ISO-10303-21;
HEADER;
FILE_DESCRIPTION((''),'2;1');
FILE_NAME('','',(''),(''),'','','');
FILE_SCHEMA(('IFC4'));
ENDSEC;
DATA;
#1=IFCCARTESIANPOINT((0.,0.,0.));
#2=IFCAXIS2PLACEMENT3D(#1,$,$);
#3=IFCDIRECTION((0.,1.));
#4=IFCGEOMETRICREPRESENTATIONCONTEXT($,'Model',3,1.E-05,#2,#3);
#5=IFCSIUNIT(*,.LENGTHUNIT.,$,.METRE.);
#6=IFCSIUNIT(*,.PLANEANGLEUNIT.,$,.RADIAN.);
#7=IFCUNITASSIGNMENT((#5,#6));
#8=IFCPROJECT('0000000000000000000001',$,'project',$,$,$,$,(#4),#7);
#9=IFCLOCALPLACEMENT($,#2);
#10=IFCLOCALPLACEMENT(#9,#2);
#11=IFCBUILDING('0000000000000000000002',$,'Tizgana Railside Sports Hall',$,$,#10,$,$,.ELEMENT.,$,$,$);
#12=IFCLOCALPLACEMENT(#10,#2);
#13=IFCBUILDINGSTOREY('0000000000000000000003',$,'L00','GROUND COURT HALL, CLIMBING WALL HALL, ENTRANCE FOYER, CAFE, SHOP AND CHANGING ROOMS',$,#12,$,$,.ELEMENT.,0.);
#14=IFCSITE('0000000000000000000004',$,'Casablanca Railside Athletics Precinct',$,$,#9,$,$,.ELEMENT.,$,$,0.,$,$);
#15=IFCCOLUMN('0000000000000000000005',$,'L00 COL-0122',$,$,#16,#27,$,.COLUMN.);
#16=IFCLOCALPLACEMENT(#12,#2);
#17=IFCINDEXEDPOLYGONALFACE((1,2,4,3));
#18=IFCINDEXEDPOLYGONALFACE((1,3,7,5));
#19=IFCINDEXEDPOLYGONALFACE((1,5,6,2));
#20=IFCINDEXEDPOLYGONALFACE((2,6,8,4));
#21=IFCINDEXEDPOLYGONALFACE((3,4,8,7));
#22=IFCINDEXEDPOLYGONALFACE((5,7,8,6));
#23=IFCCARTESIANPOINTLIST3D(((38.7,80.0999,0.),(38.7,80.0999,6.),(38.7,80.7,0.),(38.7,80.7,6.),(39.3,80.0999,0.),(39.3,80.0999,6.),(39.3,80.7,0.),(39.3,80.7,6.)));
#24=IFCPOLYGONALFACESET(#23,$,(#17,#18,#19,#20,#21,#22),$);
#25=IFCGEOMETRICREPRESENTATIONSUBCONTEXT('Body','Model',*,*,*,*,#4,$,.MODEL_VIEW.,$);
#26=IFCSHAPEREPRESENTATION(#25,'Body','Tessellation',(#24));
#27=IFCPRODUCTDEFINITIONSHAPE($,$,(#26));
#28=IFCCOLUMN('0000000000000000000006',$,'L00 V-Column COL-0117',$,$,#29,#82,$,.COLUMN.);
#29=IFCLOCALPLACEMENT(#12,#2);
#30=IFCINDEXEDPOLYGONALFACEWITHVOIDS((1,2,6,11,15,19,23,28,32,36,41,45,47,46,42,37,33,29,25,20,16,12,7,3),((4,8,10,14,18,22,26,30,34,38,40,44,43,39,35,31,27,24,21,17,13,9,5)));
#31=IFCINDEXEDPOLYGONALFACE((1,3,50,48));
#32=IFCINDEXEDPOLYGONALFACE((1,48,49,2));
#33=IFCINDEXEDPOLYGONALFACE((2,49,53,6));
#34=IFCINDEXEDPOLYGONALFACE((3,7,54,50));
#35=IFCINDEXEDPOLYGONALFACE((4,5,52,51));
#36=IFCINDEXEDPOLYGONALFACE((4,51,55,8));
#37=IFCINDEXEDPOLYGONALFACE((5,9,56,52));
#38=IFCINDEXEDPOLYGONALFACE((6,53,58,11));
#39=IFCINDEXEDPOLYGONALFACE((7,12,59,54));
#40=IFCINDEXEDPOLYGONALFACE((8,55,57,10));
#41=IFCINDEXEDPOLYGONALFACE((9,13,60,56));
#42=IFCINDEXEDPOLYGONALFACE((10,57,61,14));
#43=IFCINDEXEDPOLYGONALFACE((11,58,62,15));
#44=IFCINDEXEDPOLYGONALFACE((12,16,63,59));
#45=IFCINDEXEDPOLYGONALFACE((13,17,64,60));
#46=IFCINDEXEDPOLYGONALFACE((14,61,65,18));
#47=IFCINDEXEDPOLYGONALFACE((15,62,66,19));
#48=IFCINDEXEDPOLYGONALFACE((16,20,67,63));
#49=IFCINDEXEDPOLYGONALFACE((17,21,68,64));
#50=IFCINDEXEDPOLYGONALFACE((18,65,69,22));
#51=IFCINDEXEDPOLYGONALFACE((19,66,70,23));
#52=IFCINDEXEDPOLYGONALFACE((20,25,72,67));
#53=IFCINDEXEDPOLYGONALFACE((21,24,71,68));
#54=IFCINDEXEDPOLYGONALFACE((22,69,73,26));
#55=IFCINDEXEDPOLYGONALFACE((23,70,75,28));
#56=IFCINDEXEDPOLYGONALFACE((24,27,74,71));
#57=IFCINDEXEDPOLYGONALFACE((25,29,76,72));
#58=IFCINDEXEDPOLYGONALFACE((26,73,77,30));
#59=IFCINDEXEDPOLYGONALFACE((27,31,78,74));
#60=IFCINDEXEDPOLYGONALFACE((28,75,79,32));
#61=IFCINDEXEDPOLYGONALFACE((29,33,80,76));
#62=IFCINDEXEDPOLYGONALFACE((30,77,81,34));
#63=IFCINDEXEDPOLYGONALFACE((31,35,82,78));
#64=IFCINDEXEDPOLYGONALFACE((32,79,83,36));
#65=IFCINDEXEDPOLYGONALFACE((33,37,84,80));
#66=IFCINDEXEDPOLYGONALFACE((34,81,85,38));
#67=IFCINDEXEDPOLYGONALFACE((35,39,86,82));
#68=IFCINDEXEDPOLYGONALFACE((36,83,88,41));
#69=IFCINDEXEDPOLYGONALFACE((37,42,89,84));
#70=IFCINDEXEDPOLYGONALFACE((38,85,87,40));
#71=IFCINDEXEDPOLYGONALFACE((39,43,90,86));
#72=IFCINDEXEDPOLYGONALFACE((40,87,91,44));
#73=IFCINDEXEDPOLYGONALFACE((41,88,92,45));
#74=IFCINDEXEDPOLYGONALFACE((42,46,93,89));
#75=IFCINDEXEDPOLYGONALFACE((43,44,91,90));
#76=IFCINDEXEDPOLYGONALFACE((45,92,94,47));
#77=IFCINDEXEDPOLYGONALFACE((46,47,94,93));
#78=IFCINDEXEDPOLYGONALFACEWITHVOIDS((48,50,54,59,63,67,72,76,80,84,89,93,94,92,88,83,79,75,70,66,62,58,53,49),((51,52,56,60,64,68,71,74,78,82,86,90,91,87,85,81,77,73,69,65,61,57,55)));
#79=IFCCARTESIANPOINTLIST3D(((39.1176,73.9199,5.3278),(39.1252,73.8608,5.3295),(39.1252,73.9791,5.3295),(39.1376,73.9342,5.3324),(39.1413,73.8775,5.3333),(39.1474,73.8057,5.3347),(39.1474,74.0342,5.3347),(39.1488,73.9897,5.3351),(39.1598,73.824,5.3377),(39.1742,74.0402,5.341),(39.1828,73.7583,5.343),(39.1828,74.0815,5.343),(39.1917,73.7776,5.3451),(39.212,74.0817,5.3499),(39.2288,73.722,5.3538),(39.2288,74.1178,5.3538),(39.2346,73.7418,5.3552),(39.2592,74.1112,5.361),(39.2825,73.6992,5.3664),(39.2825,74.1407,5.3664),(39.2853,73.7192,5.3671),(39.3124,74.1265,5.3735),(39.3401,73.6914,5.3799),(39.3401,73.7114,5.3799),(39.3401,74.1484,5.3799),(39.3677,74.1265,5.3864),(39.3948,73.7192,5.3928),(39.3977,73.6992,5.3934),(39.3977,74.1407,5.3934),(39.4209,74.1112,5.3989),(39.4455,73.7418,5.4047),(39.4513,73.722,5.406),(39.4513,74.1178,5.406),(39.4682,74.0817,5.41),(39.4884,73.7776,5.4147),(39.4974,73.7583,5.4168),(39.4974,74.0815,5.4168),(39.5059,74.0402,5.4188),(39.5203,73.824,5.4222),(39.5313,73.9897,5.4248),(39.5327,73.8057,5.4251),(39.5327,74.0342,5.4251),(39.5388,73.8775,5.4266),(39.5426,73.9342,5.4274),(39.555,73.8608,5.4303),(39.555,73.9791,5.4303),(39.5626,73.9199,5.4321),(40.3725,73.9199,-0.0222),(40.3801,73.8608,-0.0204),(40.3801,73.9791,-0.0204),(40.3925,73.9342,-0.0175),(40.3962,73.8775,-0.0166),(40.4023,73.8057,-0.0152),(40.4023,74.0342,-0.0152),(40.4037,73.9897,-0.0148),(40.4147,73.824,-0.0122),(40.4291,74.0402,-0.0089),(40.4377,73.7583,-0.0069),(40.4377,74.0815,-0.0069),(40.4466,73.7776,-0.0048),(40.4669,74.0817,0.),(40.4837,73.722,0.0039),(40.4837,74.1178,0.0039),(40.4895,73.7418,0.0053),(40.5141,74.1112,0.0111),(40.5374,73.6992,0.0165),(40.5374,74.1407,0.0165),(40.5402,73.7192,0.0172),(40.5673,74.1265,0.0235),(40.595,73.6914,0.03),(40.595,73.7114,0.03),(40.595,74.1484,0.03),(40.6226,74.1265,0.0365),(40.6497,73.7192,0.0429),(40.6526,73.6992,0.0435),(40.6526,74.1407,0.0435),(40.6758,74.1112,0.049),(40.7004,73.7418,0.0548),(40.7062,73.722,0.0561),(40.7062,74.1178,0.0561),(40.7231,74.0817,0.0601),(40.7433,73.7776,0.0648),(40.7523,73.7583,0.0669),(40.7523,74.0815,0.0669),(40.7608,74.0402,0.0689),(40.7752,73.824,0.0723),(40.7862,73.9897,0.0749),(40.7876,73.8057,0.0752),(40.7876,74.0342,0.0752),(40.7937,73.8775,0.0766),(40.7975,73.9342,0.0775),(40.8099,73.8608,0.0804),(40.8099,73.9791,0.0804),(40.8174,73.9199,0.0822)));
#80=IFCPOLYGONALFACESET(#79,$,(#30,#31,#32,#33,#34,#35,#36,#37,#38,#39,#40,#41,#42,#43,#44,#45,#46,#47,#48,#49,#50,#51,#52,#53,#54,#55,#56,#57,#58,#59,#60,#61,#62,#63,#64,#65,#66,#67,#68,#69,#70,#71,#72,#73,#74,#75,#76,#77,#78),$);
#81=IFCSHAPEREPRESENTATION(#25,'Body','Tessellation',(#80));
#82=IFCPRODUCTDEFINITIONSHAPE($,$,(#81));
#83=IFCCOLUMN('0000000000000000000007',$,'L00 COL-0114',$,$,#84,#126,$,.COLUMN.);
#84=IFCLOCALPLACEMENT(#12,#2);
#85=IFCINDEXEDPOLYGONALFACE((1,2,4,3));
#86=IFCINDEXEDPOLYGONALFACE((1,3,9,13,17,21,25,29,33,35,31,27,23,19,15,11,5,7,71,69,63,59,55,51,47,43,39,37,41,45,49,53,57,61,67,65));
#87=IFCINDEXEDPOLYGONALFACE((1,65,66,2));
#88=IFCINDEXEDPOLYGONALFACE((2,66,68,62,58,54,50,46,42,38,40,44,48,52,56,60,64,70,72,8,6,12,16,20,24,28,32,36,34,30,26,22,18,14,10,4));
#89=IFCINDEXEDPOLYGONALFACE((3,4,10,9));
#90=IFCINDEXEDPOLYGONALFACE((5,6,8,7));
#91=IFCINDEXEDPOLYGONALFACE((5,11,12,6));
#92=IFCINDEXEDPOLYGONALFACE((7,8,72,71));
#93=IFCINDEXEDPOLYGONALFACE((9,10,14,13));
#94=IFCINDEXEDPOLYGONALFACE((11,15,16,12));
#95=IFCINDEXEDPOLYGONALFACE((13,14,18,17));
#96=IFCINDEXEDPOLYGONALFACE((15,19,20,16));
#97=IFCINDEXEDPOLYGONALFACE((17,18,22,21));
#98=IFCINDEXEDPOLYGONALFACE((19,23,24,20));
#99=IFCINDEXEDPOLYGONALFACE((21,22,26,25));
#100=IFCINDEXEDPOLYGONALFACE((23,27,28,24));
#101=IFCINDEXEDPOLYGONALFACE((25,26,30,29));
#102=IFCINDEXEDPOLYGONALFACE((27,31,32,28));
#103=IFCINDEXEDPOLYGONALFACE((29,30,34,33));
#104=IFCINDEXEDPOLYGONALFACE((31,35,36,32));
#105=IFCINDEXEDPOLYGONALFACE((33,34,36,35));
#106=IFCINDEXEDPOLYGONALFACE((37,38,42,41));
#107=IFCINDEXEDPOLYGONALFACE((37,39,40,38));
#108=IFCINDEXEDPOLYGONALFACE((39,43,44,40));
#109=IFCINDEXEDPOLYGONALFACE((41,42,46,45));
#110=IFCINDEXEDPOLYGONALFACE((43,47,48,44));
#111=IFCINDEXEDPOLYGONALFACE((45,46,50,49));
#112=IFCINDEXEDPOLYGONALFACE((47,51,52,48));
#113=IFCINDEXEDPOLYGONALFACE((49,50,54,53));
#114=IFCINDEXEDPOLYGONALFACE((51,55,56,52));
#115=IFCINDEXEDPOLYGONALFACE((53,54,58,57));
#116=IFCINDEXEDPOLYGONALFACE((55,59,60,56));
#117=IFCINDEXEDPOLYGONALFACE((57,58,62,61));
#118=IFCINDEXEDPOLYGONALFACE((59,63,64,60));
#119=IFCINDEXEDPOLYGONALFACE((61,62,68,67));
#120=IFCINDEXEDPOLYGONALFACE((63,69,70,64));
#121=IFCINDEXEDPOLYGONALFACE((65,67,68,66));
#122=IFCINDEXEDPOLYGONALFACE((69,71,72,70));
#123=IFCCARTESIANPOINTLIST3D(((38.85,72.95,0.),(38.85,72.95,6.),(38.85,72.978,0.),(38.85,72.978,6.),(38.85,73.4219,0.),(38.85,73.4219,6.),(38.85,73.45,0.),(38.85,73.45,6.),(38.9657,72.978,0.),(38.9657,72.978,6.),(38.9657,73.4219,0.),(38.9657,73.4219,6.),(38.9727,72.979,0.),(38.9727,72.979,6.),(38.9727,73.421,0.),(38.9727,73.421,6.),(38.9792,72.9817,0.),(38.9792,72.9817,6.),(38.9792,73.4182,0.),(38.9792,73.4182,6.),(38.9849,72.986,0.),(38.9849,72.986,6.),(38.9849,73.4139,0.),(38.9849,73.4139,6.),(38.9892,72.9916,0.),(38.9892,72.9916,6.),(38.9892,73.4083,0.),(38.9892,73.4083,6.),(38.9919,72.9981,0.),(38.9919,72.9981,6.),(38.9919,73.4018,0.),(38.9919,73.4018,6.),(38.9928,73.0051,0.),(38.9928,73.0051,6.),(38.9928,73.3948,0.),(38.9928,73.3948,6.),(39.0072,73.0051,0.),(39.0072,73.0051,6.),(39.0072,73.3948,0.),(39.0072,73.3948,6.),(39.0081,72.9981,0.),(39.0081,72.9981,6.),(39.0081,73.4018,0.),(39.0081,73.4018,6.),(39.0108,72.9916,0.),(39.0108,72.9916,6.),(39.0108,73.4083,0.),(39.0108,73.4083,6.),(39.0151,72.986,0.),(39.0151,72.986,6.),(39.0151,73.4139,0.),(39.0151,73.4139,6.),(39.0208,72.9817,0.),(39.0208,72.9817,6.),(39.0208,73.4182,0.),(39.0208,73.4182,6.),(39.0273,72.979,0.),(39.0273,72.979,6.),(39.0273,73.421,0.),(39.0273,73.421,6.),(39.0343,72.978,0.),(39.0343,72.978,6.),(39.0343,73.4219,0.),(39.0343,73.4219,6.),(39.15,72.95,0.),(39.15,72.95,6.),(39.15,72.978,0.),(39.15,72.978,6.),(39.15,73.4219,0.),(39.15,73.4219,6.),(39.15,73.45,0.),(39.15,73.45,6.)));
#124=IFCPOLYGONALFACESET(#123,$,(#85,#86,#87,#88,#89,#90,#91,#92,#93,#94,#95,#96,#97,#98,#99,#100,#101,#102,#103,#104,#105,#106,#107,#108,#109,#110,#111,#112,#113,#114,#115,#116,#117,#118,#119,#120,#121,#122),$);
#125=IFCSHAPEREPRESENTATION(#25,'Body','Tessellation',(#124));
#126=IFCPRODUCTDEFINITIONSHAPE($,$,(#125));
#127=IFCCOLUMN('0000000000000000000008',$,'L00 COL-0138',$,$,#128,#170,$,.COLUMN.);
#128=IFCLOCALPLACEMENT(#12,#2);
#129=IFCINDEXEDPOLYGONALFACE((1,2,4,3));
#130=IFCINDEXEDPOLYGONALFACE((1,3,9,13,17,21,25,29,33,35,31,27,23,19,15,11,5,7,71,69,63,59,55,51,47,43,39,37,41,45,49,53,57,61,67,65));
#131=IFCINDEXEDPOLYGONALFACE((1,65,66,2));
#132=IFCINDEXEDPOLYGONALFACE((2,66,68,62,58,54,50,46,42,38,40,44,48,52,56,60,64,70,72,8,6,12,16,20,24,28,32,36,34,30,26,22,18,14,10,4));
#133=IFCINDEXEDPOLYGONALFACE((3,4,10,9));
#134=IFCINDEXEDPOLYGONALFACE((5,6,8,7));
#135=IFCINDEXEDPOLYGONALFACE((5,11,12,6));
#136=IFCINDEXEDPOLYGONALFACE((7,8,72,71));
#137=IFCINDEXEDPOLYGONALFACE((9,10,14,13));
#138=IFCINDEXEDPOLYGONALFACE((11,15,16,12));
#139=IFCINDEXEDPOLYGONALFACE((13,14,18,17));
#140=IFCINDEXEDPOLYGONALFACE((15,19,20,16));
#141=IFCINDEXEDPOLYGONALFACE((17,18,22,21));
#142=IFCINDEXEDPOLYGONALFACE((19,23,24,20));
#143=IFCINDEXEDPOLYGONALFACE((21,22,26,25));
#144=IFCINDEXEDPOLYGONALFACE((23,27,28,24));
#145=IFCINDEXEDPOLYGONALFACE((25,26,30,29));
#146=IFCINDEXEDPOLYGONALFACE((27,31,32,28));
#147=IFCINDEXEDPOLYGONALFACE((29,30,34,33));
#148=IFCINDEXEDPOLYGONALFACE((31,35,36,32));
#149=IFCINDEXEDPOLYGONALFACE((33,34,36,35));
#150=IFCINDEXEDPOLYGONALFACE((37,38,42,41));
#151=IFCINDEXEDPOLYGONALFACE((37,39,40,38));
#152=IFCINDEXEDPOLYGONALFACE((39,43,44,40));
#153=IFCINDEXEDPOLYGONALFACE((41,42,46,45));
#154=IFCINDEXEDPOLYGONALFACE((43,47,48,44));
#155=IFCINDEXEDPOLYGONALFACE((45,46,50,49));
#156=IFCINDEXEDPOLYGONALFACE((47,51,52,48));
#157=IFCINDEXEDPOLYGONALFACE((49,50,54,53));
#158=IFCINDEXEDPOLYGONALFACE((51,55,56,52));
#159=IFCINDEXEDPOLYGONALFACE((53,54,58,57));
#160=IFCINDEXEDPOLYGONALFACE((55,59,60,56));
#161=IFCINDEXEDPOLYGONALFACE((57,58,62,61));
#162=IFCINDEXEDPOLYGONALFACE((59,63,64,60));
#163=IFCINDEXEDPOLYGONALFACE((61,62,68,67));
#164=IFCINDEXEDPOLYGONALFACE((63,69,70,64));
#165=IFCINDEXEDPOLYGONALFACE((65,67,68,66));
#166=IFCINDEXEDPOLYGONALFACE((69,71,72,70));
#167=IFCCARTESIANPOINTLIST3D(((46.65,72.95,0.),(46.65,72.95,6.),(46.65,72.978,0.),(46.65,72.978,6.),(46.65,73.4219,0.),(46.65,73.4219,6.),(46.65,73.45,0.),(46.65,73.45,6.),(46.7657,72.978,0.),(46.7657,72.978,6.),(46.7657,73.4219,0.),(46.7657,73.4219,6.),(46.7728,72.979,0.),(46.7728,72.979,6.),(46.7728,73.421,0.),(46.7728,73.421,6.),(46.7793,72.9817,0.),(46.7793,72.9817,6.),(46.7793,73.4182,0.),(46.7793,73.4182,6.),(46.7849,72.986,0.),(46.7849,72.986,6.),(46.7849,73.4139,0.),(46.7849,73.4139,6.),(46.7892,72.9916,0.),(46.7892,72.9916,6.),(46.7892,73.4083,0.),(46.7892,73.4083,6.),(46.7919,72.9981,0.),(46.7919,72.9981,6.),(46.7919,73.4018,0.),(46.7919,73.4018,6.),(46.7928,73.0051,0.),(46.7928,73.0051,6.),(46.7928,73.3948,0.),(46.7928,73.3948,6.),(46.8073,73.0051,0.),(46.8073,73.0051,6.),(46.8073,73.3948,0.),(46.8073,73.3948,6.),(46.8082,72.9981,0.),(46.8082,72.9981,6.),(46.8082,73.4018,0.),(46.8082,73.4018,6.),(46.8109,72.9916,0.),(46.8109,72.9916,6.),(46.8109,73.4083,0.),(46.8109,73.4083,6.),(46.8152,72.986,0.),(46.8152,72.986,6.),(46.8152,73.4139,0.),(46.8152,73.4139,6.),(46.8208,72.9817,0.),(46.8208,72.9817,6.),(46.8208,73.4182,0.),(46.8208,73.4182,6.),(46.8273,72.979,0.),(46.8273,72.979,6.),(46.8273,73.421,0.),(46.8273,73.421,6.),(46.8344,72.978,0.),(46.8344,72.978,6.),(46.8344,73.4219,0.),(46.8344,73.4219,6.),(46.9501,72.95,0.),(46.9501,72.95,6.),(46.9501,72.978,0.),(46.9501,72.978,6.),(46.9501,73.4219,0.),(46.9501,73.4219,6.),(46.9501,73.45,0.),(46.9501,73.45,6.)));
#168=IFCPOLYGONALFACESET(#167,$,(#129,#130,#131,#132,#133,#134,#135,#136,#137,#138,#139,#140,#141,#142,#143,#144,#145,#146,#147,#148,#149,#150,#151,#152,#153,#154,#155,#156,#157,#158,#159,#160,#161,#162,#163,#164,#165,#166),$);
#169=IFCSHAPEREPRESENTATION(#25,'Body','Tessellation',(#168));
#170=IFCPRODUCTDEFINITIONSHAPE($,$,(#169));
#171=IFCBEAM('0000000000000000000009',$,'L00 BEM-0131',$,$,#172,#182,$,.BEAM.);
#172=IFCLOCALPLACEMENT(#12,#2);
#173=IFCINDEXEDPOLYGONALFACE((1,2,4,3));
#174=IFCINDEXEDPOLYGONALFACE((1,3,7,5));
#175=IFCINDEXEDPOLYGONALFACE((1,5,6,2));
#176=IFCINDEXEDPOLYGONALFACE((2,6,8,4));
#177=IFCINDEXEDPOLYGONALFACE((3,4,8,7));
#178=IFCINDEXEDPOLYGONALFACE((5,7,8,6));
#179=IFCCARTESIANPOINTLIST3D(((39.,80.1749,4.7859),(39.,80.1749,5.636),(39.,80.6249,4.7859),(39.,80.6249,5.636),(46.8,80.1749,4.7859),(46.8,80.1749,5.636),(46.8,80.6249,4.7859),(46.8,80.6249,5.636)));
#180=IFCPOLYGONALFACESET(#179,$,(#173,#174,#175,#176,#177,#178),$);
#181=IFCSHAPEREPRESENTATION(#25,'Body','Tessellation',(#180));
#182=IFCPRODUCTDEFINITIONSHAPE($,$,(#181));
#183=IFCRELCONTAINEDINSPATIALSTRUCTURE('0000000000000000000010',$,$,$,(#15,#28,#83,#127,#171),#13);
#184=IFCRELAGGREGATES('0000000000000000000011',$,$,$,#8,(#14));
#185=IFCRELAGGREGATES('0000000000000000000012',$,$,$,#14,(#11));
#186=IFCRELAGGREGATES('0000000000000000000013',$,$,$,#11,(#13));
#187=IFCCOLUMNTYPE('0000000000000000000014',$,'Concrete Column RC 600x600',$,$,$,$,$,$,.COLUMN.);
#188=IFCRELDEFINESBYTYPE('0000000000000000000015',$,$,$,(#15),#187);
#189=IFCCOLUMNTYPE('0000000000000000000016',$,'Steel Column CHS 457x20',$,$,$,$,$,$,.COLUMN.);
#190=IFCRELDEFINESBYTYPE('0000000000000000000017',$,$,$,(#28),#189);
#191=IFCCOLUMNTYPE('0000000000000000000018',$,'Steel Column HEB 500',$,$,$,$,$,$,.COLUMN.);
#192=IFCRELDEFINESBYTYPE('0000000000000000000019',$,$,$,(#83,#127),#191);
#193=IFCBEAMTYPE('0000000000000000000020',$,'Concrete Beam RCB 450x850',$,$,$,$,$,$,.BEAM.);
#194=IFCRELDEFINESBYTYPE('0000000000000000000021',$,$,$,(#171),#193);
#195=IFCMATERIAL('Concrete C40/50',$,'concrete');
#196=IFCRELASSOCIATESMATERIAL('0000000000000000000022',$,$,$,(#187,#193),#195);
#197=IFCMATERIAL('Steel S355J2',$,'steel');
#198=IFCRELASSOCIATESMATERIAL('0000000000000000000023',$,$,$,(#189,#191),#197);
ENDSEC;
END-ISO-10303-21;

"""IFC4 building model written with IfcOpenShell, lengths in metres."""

from ifc_helpers import new_model, si_unit, direction, frame, origin, origin_2d, place, context, subcontext, project, spatial, rectangle, hollow_circle, i_section, extrude, material, material_profile, profile_set, type_object, element, save


model = new_model("IFC4")

# Units and contexts
model_context = context("Model", 3, precision=1e-05, world=origin(), true_north=direction((0.0, 1.0)))
body_context = subcontext(model_context, "Body", "Model", "MODEL_VIEW")
ifc_project = project(units=[si_unit("LENGTHUNIT", "METRE"), si_unit("PLANEANGLEUNIT", "RADIAN")], contexts=[model_context])

# Site, building, storey
site_placement = place(None, origin())
site = spatial("IfcSite", under=ifc_project, at=site_placement, Name="Casablanca Railside Athletics Precinct", CompositionType="ELEMENT", RefElevation=0.0)
building_placement = place(site_placement, origin())
building = spatial("IfcBuilding", under=site, at=building_placement, Name="Tizgana Railside Sports Hall", CompositionType="ELEMENT")
storey_placement = place(building_placement, origin())
storey = spatial("IfcBuildingStorey", under=building, at=storey_placement, Name="L00", Description="GROUND COURT HALL, CLIMBING WALL HALL, ENTRANCE FOYER, CAFE, SHOP AND CHANGING ROOMS", CompositionType="ELEMENT", Elevation=0.0)

# Columns
ifc_material_1 = material(Name="Concrete C40/50", Category="concrete")
ifc_material_profile_1 = material_profile(ifc_material_1, rectangle(XDim=0.6001, YDim=0.6001, at=origin_2d()), Name="RC 600x600")
ifc_profile_set_1 = profile_set([ifc_material_profile_1], Name="Concrete C40/50")
column_type_1 = type_object("IfcColumnType", Name="Concrete Column RC 600x600", PredefinedType="COLUMN", material=ifc_profile_set_1)
column_1_placement = place(storey_placement, frame((39.0, 80.3999, 0.0), z_axis=(0.0, 0.0, 1.0), x_axis=(1.0, 0.0, 0.0)))
element("IfcColumn", 1, at=column_1_placement, inside=storey, type_object=column_type_1, Name="L00 COL-0122", PredefinedType="COLUMN", context=body_context, shape_type="SweptSolid", body=[
    extrude(rectangle(XDim=0.6001, YDim=0.6001, at=origin_2d()), origin(), (0.0, 0.0, 1.0), 6.0),
])
ifc_material_2 = material(Name="Steel S355J2", Category="steel")
ifc_material_profile_2 = material_profile(ifc_material_2, hollow_circle(Radius=0.2285, WallThickness=0.02, at=origin_2d()), Name="CHS 457x20")
ifc_profile_set_2 = profile_set([ifc_material_profile_2], Name="Steel S355J2")
column_type_2 = type_object("IfcColumnType", Name="Steel Column CHS 457x20", PredefinedType="COLUMN", material=ifc_profile_set_2)
column_2_placement = place(storey_placement, frame((40.595, 73.9199, 0.03), z_axis=(-0.228366, 0.0, 0.973575), x_axis=(0.0, -1.0, 0.0)))
element("IfcColumn", 2, at=column_2_placement, inside=storey, type_object=column_type_2, Name="L00 V-Column COL-0117", PredefinedType="COLUMN", context=body_context, shape_type="SweptSolid", body=[
    extrude(hollow_circle(Radius=0.2285, WallThickness=0.02, at=origin_2d()), origin(), (0.0, 0.0, 1.0), 5.4951),
])
ifc_material_profile_3 = material_profile(ifc_material_2, i_section(OverallWidth=0.3, OverallDepth=0.5, WebThickness=0.0144, FlangeThickness=0.0281, FilletRadius=0.0271, at=origin_2d()), Name="HEB 500")
ifc_profile_set_3 = profile_set([ifc_material_profile_3], Name="Steel S355J2")
column_type_3 = type_object("IfcColumnType", Name="Steel Column HEB 500", PredefinedType="COLUMN", material=ifc_profile_set_3)
for number, where, z_axis, x_axis, name in (
    (3, (39.0, 73.2, 0.0), (0.0, 0.0, 1.0), (1.0, 0.0, 0.0), "L00 COL-0114"),
    (4, (46.8, 73.2, 0.0), (0.0, 0.0, 1.0), (1.0, 0.0, 0.0), "L00 COL-0138"),
):
    element("IfcColumn", number, at=place(storey_placement, frame(where, z_axis=z_axis, x_axis=x_axis)), inside=storey, type_object=column_type_3, Name=name, PredefinedType="COLUMN", context=body_context, shape_type="SweptSolid", body=[
        extrude(i_section(OverallWidth=0.3, OverallDepth=0.5, WebThickness=0.0144, FlangeThickness=0.0281, FilletRadius=0.0271, at=origin_2d()), origin(), (0.0, 0.0, 1.0), 6.0),
    ])

# Beam
ifc_material_profile_4 = material_profile(ifc_material_1, rectangle(XDim=0.45, YDim=0.8501, at=origin_2d()), Name="RCB 450x850")
ifc_profile_set_4 = profile_set([ifc_material_profile_4], Name="Concrete C40/50")
beam_type_1 = type_object("IfcBeamType", Name="Concrete Beam RCB 450x850", PredefinedType="BEAM", material=ifc_profile_set_4)
beam_1_placement = place(storey_placement, frame((39.0, 80.3999, 5.2109), z_axis=(1.0, 0.0, 0.0), x_axis=(0.0, 1.0, 0.0)))
element("IfcBeam", 5, at=beam_1_placement, inside=storey, type_object=beam_type_1, Name="L00 BEM-0131", PredefinedType="BEAM", context=body_context, shape_type="SweptSolid", body=[
    extrude(rectangle(XDim=0.45, YDim=0.8501, at=origin_2d()), origin(), (0.0, 0.0, 1.0), 7.8),
])

save(model, "model.ifc")
